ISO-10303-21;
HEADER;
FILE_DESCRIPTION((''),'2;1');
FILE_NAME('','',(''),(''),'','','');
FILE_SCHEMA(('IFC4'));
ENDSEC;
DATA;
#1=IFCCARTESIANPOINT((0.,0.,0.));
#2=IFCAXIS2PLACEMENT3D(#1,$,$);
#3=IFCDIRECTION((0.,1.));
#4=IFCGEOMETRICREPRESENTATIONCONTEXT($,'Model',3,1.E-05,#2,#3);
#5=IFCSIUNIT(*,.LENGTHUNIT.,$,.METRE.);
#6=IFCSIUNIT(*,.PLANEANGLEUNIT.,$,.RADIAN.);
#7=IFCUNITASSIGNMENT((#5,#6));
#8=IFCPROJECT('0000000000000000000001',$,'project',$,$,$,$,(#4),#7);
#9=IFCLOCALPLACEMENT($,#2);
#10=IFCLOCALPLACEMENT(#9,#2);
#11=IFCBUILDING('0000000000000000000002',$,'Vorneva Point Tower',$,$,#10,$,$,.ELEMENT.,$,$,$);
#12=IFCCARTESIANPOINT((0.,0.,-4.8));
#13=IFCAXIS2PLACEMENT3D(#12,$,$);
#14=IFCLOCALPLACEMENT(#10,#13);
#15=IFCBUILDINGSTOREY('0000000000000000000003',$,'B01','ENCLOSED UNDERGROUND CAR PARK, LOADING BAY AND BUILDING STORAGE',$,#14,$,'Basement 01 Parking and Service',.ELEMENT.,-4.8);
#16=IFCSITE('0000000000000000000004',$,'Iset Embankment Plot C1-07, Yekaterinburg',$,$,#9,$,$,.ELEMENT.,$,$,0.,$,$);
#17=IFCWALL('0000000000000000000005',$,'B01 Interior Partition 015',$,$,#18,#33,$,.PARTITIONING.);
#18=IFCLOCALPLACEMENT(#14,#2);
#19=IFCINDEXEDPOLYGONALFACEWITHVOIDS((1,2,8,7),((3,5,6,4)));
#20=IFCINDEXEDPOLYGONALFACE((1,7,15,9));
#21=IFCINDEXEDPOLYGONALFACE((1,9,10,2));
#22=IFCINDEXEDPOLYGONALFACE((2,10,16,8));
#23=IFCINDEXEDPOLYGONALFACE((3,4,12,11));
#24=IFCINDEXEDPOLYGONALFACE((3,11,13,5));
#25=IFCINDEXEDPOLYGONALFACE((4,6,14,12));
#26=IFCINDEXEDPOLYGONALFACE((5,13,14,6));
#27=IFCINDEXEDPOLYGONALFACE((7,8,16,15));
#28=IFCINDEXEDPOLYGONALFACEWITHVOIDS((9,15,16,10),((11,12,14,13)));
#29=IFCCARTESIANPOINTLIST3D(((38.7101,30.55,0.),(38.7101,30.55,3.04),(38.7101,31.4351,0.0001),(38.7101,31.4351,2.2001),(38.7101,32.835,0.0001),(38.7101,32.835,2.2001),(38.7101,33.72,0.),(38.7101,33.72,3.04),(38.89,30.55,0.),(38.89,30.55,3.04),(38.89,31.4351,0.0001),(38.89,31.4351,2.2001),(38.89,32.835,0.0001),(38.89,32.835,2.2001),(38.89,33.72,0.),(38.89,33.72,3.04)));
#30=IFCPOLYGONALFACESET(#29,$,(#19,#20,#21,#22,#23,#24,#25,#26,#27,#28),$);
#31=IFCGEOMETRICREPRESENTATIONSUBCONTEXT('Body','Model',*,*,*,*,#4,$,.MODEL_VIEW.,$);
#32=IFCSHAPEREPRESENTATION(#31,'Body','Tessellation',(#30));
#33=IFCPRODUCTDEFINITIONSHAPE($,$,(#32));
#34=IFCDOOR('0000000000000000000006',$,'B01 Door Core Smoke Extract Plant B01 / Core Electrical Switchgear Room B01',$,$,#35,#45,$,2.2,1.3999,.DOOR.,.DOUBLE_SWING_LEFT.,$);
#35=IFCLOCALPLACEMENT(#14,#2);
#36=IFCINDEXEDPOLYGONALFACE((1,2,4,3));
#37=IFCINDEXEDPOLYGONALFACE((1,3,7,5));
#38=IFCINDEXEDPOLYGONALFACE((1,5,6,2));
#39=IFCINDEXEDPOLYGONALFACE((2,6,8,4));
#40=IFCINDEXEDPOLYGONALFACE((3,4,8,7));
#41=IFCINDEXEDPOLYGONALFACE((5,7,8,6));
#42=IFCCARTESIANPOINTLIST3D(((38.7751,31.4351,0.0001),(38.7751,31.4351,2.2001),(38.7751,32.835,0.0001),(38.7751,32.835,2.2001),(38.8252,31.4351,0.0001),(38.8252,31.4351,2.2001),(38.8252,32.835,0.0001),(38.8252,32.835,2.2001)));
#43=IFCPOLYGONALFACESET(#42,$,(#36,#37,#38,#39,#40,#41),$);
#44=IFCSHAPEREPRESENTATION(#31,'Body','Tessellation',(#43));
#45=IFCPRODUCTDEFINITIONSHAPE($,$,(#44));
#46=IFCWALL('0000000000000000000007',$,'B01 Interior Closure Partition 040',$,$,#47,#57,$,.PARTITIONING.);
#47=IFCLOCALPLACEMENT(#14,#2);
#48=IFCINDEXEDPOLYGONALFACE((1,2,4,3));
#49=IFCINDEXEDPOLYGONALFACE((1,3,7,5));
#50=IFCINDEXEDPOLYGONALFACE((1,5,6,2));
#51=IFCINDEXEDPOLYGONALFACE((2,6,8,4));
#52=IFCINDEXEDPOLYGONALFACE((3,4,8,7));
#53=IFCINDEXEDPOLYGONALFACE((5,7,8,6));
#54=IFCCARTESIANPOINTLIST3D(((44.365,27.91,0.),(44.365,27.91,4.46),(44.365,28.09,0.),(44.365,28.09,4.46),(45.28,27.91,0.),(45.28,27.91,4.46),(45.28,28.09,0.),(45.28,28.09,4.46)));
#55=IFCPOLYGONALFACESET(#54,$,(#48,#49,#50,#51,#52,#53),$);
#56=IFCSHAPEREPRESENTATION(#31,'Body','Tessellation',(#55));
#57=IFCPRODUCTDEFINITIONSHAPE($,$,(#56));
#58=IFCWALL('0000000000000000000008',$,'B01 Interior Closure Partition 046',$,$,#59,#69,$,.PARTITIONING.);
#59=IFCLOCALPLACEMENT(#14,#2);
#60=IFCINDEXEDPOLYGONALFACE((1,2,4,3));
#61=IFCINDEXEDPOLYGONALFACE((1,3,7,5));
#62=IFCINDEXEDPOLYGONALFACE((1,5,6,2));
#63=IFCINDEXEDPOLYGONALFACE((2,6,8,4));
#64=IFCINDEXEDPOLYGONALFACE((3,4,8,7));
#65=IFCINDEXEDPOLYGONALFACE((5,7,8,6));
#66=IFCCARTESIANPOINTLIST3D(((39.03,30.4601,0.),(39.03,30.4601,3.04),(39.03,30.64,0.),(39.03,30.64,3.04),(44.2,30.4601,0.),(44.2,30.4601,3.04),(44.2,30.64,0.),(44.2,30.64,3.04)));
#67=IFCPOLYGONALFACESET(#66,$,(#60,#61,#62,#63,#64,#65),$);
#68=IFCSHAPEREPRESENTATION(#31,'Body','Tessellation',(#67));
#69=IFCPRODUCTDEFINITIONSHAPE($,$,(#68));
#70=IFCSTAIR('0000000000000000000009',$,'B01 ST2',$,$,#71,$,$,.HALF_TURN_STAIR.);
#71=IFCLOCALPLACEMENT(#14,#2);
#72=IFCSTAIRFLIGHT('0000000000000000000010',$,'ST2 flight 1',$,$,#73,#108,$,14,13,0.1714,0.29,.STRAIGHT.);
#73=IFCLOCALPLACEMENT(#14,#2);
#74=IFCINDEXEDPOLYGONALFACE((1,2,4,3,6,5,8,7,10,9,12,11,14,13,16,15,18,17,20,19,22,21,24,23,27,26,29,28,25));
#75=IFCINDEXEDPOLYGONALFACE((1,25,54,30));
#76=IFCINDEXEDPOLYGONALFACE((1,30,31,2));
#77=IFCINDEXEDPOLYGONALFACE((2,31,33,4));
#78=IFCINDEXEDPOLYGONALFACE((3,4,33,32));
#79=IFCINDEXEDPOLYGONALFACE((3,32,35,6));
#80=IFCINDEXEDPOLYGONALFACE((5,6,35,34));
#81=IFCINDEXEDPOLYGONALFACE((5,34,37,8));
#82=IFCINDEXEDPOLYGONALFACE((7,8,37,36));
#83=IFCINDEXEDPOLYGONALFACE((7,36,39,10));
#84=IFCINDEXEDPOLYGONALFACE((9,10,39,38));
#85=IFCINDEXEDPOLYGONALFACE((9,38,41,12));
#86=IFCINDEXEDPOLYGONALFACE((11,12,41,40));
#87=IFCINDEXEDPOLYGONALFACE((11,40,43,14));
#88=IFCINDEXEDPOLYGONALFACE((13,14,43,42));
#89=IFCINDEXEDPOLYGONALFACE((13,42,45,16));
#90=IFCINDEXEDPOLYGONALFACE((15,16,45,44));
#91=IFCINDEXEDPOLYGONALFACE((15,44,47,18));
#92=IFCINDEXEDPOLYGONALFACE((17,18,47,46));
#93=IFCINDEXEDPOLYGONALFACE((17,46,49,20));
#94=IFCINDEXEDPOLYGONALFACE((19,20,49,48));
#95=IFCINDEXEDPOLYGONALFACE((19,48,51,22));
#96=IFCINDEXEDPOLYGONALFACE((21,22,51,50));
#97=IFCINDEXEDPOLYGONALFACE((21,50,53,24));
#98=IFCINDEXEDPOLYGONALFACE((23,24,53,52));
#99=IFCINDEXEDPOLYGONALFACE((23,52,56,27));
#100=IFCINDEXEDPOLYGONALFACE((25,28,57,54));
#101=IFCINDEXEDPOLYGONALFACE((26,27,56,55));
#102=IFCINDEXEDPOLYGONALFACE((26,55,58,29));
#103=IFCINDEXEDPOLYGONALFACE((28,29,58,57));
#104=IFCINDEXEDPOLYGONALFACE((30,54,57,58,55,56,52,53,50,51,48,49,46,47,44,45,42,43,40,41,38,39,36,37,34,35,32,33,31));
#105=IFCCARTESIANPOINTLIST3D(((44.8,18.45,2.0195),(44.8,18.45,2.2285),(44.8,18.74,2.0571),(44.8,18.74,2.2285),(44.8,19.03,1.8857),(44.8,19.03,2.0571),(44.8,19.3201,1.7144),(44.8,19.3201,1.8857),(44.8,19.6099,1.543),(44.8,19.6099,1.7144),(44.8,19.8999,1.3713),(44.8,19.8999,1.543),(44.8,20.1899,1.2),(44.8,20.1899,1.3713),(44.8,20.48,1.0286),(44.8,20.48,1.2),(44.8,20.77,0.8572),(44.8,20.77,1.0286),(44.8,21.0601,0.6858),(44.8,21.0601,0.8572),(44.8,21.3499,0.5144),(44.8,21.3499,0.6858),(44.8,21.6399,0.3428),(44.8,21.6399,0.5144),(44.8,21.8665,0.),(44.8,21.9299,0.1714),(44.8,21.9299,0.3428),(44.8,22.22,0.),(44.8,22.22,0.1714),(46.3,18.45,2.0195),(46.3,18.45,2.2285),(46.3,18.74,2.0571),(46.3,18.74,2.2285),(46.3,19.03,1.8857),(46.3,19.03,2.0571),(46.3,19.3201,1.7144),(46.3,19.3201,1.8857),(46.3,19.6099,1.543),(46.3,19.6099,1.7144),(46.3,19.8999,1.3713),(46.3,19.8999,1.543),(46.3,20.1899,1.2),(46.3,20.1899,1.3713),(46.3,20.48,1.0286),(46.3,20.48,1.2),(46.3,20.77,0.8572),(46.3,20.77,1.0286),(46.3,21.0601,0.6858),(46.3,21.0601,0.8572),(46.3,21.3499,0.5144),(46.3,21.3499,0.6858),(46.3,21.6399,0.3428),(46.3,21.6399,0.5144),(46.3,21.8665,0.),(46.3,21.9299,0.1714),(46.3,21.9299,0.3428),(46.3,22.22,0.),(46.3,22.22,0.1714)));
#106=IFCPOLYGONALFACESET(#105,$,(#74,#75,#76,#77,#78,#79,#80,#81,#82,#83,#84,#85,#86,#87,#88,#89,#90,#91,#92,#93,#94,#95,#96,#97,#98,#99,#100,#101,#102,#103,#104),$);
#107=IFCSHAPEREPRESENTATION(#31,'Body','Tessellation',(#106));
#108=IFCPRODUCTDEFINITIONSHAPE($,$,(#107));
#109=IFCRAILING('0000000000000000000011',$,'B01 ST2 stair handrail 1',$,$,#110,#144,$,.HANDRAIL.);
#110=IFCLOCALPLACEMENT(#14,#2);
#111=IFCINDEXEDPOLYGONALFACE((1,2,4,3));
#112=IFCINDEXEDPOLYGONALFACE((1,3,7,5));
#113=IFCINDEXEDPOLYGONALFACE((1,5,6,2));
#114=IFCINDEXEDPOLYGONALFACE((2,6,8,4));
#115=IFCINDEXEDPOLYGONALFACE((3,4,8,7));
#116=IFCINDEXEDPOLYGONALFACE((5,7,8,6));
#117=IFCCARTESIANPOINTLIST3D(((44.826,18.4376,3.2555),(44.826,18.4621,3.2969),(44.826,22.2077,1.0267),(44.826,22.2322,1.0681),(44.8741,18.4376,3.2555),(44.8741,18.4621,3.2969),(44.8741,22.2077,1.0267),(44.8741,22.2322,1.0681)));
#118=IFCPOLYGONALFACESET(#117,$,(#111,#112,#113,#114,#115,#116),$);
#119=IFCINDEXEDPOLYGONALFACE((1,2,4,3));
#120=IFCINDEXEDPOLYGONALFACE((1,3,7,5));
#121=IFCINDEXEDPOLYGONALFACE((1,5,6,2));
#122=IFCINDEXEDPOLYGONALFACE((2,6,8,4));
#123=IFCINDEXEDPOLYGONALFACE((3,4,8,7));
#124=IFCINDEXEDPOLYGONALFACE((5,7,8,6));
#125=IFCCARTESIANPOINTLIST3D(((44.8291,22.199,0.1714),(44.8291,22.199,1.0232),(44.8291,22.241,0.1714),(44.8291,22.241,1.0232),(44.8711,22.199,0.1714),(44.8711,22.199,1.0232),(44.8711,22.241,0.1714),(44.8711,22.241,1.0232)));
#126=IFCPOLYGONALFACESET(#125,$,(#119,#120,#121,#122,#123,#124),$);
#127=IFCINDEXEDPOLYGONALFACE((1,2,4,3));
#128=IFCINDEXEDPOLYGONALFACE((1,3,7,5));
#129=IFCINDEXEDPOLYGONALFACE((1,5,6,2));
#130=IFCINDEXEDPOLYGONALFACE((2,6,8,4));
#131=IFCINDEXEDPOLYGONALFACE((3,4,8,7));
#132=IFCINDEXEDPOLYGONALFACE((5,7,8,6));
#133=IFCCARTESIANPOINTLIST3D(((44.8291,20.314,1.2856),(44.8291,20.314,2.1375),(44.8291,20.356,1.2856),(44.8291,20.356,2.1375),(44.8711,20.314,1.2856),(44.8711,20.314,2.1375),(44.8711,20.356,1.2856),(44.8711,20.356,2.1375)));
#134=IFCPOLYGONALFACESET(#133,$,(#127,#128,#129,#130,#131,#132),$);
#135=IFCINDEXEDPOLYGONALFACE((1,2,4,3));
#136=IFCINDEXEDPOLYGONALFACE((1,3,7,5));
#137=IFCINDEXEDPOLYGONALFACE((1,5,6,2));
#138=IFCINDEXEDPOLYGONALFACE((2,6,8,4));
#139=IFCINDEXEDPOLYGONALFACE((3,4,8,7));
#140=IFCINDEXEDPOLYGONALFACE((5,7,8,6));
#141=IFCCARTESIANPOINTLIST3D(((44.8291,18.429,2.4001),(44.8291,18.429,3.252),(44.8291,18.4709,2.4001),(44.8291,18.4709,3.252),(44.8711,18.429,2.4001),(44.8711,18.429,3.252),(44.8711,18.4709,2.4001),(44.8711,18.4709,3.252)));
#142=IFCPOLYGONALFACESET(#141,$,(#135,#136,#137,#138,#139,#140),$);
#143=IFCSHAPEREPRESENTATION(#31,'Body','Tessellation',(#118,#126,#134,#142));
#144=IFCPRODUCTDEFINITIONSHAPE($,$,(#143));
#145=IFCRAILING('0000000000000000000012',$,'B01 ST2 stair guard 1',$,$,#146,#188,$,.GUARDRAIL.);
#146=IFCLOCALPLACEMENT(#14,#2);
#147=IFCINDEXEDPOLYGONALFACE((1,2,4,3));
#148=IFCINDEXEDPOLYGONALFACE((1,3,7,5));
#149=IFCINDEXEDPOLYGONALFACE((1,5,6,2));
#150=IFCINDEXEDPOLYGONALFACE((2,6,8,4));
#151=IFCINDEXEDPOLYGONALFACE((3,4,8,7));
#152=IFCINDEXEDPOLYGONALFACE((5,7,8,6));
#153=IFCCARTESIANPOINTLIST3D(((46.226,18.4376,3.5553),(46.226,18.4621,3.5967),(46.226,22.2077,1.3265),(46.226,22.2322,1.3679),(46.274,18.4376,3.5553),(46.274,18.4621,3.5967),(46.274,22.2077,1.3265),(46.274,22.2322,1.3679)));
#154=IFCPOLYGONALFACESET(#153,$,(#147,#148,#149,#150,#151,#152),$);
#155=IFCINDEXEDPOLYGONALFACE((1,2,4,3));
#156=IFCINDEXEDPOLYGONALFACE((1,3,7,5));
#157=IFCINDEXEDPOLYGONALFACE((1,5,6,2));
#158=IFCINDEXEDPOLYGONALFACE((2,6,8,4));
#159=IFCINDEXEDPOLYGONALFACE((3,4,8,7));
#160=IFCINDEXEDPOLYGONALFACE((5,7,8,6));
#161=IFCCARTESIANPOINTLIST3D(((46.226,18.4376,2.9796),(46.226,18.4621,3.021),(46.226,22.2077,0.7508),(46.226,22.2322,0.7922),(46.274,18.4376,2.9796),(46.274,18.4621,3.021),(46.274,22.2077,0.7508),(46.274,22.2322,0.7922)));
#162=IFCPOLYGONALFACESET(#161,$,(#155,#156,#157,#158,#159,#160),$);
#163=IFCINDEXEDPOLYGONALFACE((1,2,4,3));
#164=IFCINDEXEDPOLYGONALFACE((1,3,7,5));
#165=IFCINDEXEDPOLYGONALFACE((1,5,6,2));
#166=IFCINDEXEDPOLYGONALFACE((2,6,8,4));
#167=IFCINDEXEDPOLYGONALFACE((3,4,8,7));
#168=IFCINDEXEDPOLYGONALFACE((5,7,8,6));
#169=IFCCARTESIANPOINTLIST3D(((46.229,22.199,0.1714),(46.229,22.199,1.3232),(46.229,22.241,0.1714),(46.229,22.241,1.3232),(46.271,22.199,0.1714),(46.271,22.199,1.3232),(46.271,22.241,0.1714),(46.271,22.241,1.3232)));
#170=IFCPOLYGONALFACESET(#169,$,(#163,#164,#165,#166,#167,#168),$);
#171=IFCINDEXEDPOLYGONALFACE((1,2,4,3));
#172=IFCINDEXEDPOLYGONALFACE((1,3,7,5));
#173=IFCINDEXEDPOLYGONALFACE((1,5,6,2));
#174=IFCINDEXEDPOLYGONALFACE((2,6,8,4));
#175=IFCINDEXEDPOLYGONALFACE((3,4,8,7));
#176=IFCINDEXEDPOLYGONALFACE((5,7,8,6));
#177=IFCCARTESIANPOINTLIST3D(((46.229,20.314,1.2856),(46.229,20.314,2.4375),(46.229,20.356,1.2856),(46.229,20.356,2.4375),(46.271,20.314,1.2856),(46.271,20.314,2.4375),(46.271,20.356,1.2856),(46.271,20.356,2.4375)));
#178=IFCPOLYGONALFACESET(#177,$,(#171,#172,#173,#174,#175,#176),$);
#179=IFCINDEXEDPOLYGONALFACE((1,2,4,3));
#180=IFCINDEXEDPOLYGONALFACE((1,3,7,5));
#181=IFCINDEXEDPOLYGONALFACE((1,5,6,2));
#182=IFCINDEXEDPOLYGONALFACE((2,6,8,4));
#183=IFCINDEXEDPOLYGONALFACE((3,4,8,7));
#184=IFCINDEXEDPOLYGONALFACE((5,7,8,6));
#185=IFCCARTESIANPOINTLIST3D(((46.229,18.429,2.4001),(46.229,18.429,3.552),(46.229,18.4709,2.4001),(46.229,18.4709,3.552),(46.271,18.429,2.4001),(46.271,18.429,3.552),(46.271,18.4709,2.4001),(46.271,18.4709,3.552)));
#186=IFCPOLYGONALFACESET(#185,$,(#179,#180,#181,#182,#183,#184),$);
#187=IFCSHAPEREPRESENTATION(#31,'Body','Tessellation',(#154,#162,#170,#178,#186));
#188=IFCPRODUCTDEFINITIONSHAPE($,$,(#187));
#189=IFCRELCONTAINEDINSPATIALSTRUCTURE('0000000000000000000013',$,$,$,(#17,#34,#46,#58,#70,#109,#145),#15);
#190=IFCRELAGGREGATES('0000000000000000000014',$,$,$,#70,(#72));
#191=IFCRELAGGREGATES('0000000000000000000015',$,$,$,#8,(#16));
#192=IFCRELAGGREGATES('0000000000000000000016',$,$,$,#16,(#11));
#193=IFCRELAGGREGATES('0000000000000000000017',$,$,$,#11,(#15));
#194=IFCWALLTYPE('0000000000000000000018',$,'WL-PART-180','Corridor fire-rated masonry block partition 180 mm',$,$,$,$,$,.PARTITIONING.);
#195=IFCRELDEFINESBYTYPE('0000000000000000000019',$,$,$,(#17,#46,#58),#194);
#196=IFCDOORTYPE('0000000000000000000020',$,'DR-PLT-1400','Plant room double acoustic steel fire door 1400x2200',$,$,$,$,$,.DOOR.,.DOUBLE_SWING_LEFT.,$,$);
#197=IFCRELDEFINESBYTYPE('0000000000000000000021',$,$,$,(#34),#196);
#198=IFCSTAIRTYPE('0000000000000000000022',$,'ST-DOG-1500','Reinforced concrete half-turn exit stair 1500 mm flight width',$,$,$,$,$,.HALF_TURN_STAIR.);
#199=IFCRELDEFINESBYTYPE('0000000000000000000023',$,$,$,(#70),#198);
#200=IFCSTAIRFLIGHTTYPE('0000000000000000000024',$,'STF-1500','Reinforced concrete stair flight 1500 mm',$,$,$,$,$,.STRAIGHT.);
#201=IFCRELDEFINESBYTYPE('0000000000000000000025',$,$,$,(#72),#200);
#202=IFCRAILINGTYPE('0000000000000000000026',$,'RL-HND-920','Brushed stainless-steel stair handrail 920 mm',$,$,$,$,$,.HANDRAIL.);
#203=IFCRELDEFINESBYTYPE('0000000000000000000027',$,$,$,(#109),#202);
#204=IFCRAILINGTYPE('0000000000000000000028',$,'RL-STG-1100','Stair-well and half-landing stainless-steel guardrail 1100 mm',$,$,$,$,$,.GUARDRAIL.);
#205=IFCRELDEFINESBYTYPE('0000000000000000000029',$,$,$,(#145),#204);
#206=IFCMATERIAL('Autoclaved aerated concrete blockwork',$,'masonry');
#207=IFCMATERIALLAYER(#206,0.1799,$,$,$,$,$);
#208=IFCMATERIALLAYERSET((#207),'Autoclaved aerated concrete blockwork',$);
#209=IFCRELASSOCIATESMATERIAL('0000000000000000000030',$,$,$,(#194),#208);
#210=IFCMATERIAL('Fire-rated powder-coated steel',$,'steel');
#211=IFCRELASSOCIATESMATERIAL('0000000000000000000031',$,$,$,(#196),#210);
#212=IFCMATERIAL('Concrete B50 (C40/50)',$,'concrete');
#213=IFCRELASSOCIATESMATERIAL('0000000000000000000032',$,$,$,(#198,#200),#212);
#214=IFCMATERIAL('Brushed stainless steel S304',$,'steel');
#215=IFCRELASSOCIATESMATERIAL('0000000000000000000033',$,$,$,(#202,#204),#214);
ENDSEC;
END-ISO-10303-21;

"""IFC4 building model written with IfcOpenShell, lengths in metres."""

from ifc_helpers import new_model, si_unit, direction, frame, frame_2d, origin, origin_2d, place, context, subcontext, project, spatial, polyline, rectangle, outline, extrude, material, layer, layer_set, type_object, element, fill, aggregate, save


model = new_model("IFC4")

# Units and contexts
model_context = context("Model", 3, precision=1e-05, world=origin(), true_north=direction((0.0, 1.0)))
body_context = subcontext(model_context, "Body", "Model", "MODEL_VIEW")
ifc_project = project(units=[si_unit("LENGTHUNIT", "METRE"), si_unit("PLANEANGLEUNIT", "RADIAN")], contexts=[model_context])

# Site, building, storey
site_placement = place(None, origin())
site = spatial("IfcSite", under=ifc_project, at=site_placement, Name="Iset Embankment Plot C1-07, Yekaterinburg", CompositionType="ELEMENT", RefElevation=0.0)
building_placement = place(site_placement, origin())
building = spatial("IfcBuilding", under=site, at=building_placement, Name="Vorneva Point Tower", CompositionType="ELEMENT")
storey_placement = place(building_placement, frame((0.0, 0.0, -4.8)))
storey = spatial("IfcBuildingStorey", under=building, at=storey_placement, Name="B01", Description="ENCLOSED UNDERGROUND CAR PARK, LOADING BAY AND BUILDING STORAGE", LongName="Basement 01 Parking and Service", CompositionType="ELEMENT", Elevation=-4.8)

# Shared definitions
ifc_material_1 = material(Name="Brushed stainless steel S304", Category="steel")

# Shared definitions
ifc_material_2 = material(Name="Autoclaved aerated concrete blockwork", Category="masonry")
ifc_layer_1 = layer(ifc_material_2, 0.1799)
ifc_layer_set_1 = layer_set([ifc_layer_1], Name="Autoclaved aerated concrete blockwork")
wall_type_1 = type_object("IfcWallType", Name="WL-PART-180", Description="Corridor fire-rated masonry block partition 180 mm", PredefinedType="PARTITIONING", material=ifc_layer_set_1)
ifc_material_3 = material(Name="Fire-rated powder-coated steel", Category="steel")

# Wall, opening, door
door_type_1 = type_object("IfcDoorType", Name="DR-PLT-1400", Description="Plant room double acoustic steel fire door 1400x2200", OperationType="DOUBLE_SWING_LEFT", PredefinedType="DOOR", material=ifc_material_3)
wall_1_placement = place(storey_placement, frame((38.8, 30.55, 0.0), z_axis=(0.0, 0.0, 1.0), x_axis=(0.0, 1.0, 0.0)))
wall_1 = element("IfcWall", 1, at=wall_1_placement, inside=storey, type_object=wall_type_1, Name="B01 Interior Partition 015", PredefinedType="PARTITIONING", context=body_context, shape_type="SweptSolid", body=[
    extrude(rectangle(XDim=3.1699, YDim=0.1799, at=frame_2d((1.585, 0.0))), origin(), (0.0, 0.0, 1.0), 3.04),
])
opening_1_placement = place(wall_1_placement, frame((0.885, 0.0, 0.0)))
opening_1 = element("IfcOpeningElement", 2, at=opening_1_placement, cuts=wall_1, PredefinedType="OPENING", context=body_context, shape_type="SweptSolid", body=[
    extrude(rectangle(XDim=1.3999, YDim=2.2, at=frame_2d((0.7, 1.1001))), frame((0.0, 0.105, 0.0), z_axis=(0.0, -1.0, 0.0), x_axis=(1.0, 0.0, 0.0)), (0.0, 0.0, 1.0), 0.2097),
])
door_1_placement = place(opening_1_placement, origin())
door_1 = element("IfcDoor", 3, at=door_1_placement, inside=storey, type_object=door_type_1, Name="B01 Door Core Smoke Extract Plant B01 / Core Electrical Switchgear Room B01", OperationType="DOUBLE_SWING_LEFT", OverallHeight=2.2, OverallWidth=1.3999, PredefinedType="DOOR", context=body_context, shape_type="SweptSolid", body=[
    extrude(rectangle(XDim=1.3999, YDim=2.2, at=frame_2d((0.7, 1.1001))), frame((0.0, 0.0249, 0.0), z_axis=(0.0, -1.0, 0.0), x_axis=(1.0, 0.0, 0.0)), (0.0, 0.0, 1.0), 0.05),
])
fill(opening_1, door_1)

# Walls
wall_2_placement = place(storey_placement, frame((45.28, 28.0, 0.0), z_axis=(0.0, 0.0, 1.0), x_axis=(-1.0, 0.0, 0.0)))
element("IfcWall", 4, at=wall_2_placement, inside=storey, type_object=wall_type_1, Name="B01 Interior Closure Partition 040", PredefinedType="PARTITIONING", context=body_context, shape_type="SweptSolid", body=[
    extrude(rectangle(XDim=0.915, YDim=0.1799, at=frame_2d((0.4575, 0.0))), origin(), (0.0, 0.0, 1.0), 4.46),
])
wall_3_placement = place(storey_placement, frame((39.03, 30.55, 0.0), z_axis=(0.0, 0.0, 1.0), x_axis=(1.0, 0.0, 0.0)))
element("IfcWall", 5, at=wall_3_placement, inside=storey, type_object=wall_type_1, Name="B01 Interior Closure Partition 046", PredefinedType="PARTITIONING", context=body_context, shape_type="SweptSolid", body=[
    extrude(rectangle(XDim=5.1699, YDim=0.1799, at=frame_2d((2.585, 0.0))), origin(), (0.0, 0.0, 1.0), 3.04),
])

# Shared definitions
ifc_material_4 = material(Name="Concrete B50 (C40/50)", Category="concrete")

# Stair, stair flight
stair_type = type_object("IfcStairType", Name="ST-DOG-1500", Description="Reinforced concrete half-turn exit stair 1500 mm flight width", PredefinedType="HALF_TURN_STAIR", material=ifc_material_4)
stair_placement = place(storey_placement, origin())
stair = element("IfcStair", 6, at=stair_placement, inside=storey, type_object=stair_type, Name="B01 ST2", PredefinedType="HALF_TURN_STAIR")
stair_flight_type = type_object("IfcStairFlightType", Name="STF-1500", Description="Reinforced concrete stair flight 1500 mm", PredefinedType="STRAIGHT", material=ifc_material_4)
stair_flight_placement = place(storey_placement, frame((45.55, 22.22, 0.0), z_axis=(0.0, 0.0, 1.0), x_axis=(0.0, -1.0, 0.0)))
stair_flight = element("IfcStairFlight", 7, at=stair_flight_placement, type_object=stair_flight_type, Name="ST2 flight 1", NumberOfRisers=14, NumberOfTreads=13, PredefinedType="STRAIGHT", RiserHeight=0.1714, TreadLength=0.29, context=body_context, shape_type="SweptSolid", body=[
    extrude(outline(polyline([(0.0, 0.0), (0.0, 0.1714), (0.29, 0.1714), (0.29, 0.3428), (0.5801, 0.3428), (0.5801, 0.5144), (0.8701, 0.5144), (0.8701, 0.6858), (1.1599, 0.6858), (1.1599, 0.8572), (1.45, 0.8572), (1.45, 1.0286), (1.74, 1.0286), (1.74, 1.2), (2.03, 1.2), (2.03, 1.3713), (2.3201, 1.3713), (2.3201, 1.543), (2.6101, 1.543), (2.6101, 1.7144), (2.8999, 1.7144), (2.8999, 1.8857), (3.1899, 1.8857), (3.1899, 2.0571), (3.48, 2.0571), (3.48, 2.2285), (3.77, 2.2285), (3.77, 2.3999), (3.77, 2.0195), (0.3535, 0.0), (0.0, 0.0)])), frame((0.0, 0.75, 0.0), z_axis=(0.0, -1.0, 0.0), x_axis=(1.0, 0.0, 0.0)), (0.0, 0.0, 1.0), 1.5),
])
aggregate(stair, [stair_flight])

# Railings
railing_type_1 = type_object("IfcRailingType", Name="RL-HND-920", Description="Brushed stainless-steel stair handrail 920 mm", PredefinedType="HANDRAIL", material=ifc_material_1)
railing_1_placement = place(storey_placement, frame((44.8501, 22.22, 0.1714)))
element("IfcRailing", 8, at=railing_1_placement, inside=storey, type_object=railing_type_1, Name="B01 ST2 stair handrail 1", PredefinedType="HANDRAIL", context=body_context, shape_type="SweptSolid", body=[
    extrude(rectangle(XDim=0.0481, YDim=0.0481, at=origin_2d()), frame((0.0, 0.0, 0.876), z_axis=(0.0, -0.860824, 0.508902), x_axis=(1.0, 0.0, 0.0)), (0.0, 0.0, 1.0), 4.3796),
    extrude(rectangle(XDim=0.042, YDim=0.042, at=origin_2d()), origin(), (0.0, 0.0, 1.0), 0.8518),
    extrude(rectangle(XDim=0.042, YDim=0.042, at=origin_2d()), frame((0.0, -1.885, 1.1143)), (0.0, 0.0, 1.0), 0.8518),
    extrude(rectangle(XDim=0.042, YDim=0.042, at=origin_2d()), frame((0.0, -3.77, 2.2288)), (0.0, 0.0, 1.0), 0.8518),
])
railing_type_2 = type_object("IfcRailingType", Name="RL-STG-1100", Description="Stair-well and half-landing stainless-steel guardrail 1100 mm", PredefinedType="GUARDRAIL", material=ifc_material_1)
railing_2_placement = place(storey_placement, frame((46.25, 22.22, 0.1714)))
element("IfcRailing", 9, at=railing_2_placement, inside=storey, type_object=railing_type_2, Name="B01 ST2 stair guard 1", PredefinedType="GUARDRAIL", context=body_context, shape_type="SweptSolid", body=[
    extrude(rectangle(XDim=0.0481, YDim=0.0481, at=origin_2d()), frame((0.0, 0.0, 1.1758), z_axis=(0.0, -0.860824, 0.508902), x_axis=(1.0, 0.0, 0.0)), (0.0, 0.0, 1.0), 4.3796),
    extrude(rectangle(XDim=0.0481, YDim=0.0481, at=origin_2d()), frame((0.0, 0.0, 0.6001), z_axis=(0.0, -0.860824, 0.508902), x_axis=(1.0, 0.0, 0.0)), (0.0, 0.0, 1.0), 4.3796),
    extrude(rectangle(XDim=0.042, YDim=0.042, at=origin_2d()), origin(), (0.0, 0.0, 1.0), 1.1519),
    extrude(rectangle(XDim=0.042, YDim=0.042, at=origin_2d()), frame((0.0, -1.885, 1.1143)), (0.0, 0.0, 1.0), 1.1519),
    extrude(rectangle(XDim=0.042, YDim=0.042, at=origin_2d()), frame((0.0, -3.77, 2.2288)), (0.0, 0.0, 1.0), 1.1519),
])

save(model, "model.ifc")
